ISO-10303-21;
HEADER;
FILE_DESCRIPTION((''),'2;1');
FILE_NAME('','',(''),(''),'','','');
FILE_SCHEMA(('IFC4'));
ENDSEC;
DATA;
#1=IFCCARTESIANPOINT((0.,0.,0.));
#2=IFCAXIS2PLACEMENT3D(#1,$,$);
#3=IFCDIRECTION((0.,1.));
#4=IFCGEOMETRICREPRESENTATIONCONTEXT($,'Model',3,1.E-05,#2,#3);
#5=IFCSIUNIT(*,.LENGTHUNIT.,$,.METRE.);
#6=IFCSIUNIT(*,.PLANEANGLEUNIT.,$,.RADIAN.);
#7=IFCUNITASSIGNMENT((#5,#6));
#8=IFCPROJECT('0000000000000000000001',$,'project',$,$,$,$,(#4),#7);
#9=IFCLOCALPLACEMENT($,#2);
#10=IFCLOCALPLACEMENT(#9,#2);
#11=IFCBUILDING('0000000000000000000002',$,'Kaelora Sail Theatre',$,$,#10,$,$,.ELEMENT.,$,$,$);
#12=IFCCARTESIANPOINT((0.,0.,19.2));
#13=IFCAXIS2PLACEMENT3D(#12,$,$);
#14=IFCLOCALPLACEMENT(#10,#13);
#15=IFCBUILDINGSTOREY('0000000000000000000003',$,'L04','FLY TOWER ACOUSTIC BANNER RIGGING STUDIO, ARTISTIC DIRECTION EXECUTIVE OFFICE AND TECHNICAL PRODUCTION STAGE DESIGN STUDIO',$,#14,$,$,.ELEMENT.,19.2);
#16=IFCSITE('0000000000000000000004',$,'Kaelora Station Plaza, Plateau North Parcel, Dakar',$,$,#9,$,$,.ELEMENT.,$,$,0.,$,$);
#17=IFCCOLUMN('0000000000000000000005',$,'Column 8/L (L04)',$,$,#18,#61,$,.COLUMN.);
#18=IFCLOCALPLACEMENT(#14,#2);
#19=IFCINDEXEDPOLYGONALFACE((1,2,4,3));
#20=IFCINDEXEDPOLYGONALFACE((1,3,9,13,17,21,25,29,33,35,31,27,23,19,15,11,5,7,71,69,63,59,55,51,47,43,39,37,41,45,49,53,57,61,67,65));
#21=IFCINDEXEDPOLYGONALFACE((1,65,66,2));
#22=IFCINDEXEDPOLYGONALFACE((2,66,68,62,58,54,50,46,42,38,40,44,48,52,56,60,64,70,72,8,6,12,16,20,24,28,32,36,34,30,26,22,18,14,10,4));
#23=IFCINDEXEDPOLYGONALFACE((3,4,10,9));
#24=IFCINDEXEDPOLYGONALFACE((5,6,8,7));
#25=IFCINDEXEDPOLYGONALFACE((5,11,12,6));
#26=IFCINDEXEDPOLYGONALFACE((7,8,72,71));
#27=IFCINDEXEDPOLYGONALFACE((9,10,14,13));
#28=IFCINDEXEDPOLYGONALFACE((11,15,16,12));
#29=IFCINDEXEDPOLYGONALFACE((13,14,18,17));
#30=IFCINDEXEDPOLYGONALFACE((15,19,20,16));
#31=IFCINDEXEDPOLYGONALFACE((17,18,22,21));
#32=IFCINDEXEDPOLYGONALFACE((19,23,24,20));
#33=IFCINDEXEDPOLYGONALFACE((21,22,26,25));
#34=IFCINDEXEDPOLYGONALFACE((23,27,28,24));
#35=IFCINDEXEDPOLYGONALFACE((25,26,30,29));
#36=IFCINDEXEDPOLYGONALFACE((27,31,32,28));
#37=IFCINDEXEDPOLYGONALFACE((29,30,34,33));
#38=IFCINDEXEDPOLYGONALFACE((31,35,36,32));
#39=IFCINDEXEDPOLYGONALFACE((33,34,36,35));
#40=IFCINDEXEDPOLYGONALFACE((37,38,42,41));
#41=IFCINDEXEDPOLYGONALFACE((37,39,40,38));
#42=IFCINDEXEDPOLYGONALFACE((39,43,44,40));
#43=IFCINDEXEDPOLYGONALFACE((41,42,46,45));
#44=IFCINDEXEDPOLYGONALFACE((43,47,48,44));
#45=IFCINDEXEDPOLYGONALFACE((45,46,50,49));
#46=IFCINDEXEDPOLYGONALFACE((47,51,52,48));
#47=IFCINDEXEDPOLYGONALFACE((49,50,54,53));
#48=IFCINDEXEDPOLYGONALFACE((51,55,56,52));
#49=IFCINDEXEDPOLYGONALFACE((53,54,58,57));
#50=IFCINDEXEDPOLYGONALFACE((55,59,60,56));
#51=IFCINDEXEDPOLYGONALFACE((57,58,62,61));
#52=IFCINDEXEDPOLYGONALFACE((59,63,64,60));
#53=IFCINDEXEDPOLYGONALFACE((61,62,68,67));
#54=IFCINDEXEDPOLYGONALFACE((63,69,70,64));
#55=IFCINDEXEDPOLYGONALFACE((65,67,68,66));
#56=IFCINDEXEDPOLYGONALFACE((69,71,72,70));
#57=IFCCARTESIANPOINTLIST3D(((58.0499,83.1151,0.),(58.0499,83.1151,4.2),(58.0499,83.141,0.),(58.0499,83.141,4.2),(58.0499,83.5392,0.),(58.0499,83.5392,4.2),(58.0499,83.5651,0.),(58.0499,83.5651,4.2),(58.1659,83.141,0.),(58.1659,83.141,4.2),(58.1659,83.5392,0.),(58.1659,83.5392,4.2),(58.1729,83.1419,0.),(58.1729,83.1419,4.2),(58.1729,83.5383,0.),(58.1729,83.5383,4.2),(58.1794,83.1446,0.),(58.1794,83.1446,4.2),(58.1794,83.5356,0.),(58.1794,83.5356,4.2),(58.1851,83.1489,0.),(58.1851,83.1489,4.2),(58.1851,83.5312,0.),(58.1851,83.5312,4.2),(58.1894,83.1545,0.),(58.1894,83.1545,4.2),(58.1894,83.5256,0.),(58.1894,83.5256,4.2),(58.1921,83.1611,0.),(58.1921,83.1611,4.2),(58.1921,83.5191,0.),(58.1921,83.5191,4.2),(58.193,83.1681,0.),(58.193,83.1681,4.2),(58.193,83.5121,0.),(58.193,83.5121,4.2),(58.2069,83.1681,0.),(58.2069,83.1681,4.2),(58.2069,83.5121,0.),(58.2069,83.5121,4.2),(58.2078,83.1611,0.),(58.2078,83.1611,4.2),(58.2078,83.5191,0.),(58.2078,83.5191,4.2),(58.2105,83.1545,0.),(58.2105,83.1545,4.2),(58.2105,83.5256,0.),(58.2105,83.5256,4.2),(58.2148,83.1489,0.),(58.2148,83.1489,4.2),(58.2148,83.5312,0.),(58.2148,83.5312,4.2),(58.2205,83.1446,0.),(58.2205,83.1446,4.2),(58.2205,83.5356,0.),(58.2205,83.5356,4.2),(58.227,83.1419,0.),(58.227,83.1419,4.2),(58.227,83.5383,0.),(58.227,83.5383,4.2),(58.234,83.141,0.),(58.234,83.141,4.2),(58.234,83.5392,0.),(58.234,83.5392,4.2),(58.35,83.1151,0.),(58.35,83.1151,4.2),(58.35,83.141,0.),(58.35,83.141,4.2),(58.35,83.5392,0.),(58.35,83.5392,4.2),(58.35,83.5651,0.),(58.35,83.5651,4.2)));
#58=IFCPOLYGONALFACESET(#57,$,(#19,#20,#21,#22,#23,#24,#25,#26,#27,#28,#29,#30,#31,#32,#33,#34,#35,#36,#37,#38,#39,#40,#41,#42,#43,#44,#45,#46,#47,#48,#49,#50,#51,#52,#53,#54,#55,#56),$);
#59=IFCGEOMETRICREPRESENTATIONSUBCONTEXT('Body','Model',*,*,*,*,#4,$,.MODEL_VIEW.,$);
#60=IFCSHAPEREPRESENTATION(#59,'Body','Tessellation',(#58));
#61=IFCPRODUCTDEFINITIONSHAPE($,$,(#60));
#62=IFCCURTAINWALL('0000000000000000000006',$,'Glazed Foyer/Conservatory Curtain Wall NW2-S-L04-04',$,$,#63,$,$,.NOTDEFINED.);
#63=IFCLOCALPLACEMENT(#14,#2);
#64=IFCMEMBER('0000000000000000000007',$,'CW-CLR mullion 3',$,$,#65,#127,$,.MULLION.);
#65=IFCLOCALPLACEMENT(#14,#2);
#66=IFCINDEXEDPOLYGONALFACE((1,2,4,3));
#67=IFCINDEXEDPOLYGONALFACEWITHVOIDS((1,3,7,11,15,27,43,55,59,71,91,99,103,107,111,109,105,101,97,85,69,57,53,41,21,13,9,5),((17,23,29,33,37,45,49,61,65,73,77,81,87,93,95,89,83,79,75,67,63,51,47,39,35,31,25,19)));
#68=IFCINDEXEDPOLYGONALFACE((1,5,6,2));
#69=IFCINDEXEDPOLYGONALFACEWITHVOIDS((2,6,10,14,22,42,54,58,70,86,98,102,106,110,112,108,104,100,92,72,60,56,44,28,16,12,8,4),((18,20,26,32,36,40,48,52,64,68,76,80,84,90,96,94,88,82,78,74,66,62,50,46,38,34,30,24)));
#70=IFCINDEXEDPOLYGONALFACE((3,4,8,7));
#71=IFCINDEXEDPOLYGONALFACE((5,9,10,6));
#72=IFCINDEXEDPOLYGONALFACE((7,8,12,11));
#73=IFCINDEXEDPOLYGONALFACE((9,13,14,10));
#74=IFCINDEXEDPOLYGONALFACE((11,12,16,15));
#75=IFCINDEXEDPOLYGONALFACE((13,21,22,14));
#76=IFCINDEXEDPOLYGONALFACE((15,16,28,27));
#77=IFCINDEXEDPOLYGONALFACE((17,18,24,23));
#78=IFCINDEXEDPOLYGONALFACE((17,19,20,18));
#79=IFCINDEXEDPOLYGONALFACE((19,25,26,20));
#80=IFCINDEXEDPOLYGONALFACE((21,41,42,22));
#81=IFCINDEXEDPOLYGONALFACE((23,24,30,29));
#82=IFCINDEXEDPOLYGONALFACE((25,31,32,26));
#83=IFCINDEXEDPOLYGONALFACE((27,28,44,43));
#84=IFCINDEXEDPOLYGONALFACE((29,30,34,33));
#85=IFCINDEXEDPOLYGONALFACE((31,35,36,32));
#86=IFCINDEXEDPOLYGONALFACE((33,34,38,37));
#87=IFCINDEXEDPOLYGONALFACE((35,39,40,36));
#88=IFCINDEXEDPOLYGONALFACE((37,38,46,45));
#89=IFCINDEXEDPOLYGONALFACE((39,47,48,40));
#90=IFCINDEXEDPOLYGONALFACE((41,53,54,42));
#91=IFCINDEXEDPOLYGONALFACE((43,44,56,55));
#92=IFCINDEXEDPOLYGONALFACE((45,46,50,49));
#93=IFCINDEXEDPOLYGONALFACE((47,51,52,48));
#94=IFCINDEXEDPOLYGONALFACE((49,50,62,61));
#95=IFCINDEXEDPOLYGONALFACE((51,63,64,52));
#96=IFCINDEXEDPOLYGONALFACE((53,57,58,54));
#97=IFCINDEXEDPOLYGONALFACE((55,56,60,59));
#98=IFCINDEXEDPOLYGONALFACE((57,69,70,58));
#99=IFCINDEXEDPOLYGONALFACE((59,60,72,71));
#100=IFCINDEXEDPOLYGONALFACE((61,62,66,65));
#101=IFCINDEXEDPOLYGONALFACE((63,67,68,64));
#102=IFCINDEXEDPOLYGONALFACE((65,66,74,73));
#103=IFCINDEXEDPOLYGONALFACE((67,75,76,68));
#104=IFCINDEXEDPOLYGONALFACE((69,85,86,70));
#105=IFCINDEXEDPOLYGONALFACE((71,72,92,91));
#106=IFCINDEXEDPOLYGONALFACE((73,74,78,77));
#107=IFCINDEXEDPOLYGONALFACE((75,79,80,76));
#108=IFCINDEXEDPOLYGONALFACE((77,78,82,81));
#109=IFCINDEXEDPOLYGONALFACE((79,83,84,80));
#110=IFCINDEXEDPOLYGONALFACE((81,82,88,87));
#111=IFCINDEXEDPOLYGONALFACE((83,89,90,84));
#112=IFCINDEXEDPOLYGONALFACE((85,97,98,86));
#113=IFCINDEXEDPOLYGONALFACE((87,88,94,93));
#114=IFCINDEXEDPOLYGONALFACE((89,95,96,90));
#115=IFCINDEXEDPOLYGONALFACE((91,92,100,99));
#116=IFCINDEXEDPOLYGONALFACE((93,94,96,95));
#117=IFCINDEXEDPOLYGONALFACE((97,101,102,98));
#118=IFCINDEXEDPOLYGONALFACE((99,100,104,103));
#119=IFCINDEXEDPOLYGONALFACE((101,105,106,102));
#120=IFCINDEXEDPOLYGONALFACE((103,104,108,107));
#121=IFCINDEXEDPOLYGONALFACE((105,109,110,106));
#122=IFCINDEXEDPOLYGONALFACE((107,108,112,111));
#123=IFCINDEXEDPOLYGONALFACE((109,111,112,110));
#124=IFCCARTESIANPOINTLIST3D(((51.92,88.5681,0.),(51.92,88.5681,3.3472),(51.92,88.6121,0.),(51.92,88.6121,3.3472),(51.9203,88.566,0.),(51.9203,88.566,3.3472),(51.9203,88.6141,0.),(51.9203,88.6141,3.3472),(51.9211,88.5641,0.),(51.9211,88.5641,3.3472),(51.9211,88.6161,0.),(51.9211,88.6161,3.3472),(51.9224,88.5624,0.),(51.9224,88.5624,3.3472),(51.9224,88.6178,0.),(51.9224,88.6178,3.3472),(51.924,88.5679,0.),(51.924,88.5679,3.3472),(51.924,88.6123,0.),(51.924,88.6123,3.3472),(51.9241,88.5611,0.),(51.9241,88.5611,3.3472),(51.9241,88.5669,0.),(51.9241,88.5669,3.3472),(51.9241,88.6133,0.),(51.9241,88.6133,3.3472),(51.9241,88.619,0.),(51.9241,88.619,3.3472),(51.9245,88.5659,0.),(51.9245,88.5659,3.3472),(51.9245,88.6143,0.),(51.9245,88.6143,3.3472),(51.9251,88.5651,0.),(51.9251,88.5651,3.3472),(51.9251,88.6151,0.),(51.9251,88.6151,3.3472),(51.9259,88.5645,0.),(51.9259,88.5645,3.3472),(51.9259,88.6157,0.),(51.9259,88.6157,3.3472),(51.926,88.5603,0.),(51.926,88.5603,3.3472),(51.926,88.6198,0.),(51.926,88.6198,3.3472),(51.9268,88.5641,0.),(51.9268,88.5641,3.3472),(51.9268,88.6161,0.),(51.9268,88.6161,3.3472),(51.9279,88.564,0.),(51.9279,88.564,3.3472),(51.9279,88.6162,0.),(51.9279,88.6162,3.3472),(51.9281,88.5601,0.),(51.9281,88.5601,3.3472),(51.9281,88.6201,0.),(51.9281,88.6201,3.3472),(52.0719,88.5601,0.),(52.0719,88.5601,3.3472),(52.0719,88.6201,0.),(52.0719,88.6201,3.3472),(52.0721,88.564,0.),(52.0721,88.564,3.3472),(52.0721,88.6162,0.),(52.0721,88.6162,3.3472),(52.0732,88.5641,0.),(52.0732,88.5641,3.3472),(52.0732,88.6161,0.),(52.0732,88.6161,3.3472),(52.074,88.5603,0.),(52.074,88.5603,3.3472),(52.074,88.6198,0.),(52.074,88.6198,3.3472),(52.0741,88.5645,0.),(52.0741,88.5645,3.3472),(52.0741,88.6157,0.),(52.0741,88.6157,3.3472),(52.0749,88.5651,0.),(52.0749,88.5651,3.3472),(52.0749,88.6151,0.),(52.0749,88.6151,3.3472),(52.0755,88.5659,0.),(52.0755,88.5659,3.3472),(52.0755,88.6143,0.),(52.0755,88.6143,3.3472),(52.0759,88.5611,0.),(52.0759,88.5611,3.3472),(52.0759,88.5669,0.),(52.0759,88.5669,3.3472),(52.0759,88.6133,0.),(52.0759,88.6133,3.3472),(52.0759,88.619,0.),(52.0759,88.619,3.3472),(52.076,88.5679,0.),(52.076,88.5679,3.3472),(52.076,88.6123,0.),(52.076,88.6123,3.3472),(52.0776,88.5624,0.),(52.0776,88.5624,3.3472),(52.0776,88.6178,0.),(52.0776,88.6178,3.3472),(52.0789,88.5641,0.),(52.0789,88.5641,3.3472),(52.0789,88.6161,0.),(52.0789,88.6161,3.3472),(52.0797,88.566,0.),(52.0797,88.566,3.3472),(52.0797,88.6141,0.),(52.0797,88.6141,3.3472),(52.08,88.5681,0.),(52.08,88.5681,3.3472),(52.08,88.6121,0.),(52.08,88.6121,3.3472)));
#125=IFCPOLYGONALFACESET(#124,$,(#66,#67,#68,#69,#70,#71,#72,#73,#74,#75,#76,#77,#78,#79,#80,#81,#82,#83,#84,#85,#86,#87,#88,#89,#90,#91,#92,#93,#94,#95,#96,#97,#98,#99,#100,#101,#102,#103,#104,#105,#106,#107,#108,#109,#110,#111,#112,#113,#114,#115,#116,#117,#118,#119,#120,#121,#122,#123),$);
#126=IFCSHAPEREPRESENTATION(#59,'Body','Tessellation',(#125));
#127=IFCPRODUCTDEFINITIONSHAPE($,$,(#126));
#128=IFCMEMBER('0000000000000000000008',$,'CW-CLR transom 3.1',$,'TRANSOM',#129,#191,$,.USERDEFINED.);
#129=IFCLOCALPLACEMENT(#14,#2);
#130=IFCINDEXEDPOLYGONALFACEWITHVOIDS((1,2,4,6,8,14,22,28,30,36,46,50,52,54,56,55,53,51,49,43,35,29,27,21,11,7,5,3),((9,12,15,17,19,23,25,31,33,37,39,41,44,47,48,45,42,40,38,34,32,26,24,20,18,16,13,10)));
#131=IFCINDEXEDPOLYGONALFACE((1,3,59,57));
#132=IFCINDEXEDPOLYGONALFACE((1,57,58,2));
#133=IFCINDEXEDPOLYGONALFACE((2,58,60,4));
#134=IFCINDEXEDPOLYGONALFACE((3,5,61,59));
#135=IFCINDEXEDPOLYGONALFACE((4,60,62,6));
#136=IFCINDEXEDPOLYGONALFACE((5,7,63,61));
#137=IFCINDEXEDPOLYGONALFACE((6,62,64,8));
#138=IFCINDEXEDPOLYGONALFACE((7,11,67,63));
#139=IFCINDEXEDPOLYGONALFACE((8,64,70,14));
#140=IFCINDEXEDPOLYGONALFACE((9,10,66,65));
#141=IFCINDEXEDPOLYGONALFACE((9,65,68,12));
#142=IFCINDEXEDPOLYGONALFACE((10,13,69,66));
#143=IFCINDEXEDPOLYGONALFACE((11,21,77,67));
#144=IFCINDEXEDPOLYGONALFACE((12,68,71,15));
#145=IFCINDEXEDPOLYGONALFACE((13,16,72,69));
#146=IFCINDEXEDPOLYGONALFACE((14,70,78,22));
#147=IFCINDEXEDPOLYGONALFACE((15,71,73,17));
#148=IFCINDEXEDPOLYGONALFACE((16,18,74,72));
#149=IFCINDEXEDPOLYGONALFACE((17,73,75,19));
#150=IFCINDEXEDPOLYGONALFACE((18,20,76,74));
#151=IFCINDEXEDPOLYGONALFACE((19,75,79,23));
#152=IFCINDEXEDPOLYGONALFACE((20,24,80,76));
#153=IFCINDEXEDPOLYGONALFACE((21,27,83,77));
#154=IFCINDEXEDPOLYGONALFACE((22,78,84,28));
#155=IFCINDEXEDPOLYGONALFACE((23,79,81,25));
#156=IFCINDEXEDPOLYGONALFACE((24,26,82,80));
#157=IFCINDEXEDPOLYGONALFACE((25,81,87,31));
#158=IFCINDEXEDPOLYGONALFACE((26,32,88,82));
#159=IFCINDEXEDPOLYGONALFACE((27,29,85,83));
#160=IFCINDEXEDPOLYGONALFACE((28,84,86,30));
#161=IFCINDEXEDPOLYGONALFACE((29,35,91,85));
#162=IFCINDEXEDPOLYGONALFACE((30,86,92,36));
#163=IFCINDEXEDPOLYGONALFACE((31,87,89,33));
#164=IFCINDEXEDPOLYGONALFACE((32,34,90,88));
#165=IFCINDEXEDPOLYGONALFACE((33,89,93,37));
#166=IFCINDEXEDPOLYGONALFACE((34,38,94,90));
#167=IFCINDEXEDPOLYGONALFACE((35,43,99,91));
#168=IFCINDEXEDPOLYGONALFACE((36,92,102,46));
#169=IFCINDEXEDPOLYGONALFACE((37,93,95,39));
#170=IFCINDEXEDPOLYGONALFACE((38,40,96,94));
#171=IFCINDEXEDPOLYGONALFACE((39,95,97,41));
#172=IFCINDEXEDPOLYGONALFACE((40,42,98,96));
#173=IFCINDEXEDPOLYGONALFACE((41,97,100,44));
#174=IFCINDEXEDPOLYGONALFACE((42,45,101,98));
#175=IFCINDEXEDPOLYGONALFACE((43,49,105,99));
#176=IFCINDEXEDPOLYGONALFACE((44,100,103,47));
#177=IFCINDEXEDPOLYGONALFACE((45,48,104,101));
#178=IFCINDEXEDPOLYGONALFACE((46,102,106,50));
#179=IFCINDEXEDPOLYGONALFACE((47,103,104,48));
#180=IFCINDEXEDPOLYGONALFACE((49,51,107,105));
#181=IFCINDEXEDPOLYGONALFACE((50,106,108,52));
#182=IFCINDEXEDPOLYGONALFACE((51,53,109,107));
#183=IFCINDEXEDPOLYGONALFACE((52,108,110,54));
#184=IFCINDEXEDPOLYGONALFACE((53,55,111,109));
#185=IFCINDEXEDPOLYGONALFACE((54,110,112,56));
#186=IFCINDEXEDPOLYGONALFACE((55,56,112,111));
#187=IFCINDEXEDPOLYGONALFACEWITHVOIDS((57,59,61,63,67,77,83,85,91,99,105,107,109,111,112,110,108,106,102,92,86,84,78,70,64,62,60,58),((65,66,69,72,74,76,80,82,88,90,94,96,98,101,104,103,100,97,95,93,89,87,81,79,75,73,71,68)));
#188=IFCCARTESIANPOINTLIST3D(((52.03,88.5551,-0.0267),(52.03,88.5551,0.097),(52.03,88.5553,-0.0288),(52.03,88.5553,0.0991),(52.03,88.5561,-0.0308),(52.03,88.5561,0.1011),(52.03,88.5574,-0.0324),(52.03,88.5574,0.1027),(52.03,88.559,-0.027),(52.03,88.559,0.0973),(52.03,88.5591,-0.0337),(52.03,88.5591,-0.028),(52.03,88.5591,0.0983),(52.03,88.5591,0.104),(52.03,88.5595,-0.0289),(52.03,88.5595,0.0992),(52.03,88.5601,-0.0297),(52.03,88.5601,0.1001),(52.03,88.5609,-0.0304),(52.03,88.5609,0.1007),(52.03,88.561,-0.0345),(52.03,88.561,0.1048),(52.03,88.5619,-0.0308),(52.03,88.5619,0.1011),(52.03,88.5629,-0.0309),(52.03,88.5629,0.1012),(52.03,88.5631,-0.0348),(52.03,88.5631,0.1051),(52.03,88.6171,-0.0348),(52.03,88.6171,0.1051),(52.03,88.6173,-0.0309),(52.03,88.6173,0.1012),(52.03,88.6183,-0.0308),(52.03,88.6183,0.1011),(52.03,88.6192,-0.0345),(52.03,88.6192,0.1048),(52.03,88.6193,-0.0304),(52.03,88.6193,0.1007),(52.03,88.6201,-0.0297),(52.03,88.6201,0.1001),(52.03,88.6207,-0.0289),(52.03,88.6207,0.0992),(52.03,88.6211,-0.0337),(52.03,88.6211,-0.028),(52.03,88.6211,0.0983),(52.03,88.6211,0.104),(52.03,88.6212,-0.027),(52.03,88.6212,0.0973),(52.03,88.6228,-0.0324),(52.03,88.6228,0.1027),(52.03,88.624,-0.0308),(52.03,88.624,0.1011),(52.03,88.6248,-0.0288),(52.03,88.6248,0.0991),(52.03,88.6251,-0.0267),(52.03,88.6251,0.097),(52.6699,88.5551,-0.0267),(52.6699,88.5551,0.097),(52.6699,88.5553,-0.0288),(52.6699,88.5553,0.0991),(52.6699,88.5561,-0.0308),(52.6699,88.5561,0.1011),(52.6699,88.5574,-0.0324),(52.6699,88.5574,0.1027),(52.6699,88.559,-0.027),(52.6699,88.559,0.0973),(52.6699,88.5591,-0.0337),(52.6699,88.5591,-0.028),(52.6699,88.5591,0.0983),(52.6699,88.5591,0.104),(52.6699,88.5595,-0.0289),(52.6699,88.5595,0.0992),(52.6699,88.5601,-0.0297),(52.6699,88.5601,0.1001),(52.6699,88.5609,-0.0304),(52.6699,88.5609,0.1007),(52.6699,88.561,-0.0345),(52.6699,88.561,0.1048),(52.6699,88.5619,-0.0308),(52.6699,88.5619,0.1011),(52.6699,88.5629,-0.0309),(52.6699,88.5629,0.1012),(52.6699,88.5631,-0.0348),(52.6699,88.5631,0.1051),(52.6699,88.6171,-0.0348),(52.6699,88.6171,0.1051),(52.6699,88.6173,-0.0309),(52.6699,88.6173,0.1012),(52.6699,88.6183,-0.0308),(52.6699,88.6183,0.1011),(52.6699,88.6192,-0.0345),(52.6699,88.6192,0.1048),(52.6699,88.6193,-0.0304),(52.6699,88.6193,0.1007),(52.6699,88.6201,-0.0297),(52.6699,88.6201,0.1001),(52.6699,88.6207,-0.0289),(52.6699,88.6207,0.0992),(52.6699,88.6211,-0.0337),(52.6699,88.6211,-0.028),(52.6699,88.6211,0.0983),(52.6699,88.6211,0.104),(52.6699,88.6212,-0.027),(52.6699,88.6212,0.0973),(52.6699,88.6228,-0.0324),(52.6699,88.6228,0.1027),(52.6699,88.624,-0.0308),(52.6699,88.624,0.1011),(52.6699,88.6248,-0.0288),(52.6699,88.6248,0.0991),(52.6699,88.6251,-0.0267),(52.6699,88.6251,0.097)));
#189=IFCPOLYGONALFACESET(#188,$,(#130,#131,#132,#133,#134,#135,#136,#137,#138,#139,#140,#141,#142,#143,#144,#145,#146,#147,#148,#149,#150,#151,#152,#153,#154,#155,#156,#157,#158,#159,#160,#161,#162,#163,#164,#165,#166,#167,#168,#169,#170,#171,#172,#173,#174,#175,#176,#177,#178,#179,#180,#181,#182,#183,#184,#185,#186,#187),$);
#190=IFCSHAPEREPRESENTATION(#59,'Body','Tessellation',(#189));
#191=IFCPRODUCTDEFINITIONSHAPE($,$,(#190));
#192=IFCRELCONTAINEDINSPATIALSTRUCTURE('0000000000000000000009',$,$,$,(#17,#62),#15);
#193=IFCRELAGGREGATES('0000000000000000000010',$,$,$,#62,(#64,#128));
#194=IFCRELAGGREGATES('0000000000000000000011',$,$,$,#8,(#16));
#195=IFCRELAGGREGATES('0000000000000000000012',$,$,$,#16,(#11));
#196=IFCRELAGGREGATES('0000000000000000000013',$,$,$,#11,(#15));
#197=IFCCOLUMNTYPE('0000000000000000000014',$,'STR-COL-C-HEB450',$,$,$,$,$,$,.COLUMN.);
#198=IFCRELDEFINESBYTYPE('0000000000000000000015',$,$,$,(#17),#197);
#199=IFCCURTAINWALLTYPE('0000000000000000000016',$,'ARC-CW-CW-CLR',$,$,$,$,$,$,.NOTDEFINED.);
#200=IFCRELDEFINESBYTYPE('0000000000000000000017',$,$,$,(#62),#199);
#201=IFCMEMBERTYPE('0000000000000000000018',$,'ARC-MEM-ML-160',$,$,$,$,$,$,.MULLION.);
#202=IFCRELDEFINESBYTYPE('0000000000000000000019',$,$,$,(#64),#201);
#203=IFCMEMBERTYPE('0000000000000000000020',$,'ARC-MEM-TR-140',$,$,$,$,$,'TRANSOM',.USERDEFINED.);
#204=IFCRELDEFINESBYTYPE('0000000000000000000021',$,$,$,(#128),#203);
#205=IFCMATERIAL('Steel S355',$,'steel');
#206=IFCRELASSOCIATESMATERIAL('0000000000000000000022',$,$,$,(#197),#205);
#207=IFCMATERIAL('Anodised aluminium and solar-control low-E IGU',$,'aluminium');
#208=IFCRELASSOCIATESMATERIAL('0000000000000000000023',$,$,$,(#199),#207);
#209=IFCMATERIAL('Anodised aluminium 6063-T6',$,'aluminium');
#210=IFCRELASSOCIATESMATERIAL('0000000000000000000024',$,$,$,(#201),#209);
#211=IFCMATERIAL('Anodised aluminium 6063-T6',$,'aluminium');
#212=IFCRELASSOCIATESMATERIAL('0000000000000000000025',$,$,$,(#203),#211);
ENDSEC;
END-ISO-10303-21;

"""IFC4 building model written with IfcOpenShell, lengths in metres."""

from ifc_helpers import new_model, si_unit, direction, frame, origin, origin_2d, place, context, subcontext, project, spatial, hollow_rectangle, i_section, extrude, material, material_profile, profile_set, type_object, element, aggregate, save


model = new_model("IFC4")

# Units and contexts
model_context = context("Model", 3, precision=1e-05, world=origin(), true_north=direction((0.0, 1.0)))
body_context = subcontext(model_context, "Body", "Model", "MODEL_VIEW")
ifc_project = project(units=[si_unit("LENGTHUNIT", "METRE"), si_unit("PLANEANGLEUNIT", "RADIAN")], contexts=[model_context])

# Site, building, storey
site_placement = place(None, origin())
site = spatial("IfcSite", under=ifc_project, at=site_placement, Name="Kaelora Station Plaza, Plateau North Parcel, Dakar", CompositionType="ELEMENT", RefElevation=0.0)
building_placement = place(site_placement, origin())
building = spatial("IfcBuilding", under=site, at=building_placement, Name="Kaelora Sail Theatre", CompositionType="ELEMENT")
storey_placement = place(building_placement, frame((0.0, 0.0, 19.2)))
storey = spatial("IfcBuildingStorey", under=building, at=storey_placement, Name="L04", Description="FLY TOWER ACOUSTIC BANNER RIGGING STUDIO, ARTISTIC DIRECTION EXECUTIVE OFFICE AND TECHNICAL PRODUCTION STAGE DESIGN STUDIO", CompositionType="ELEMENT", Elevation=19.2)

# Column
ifc_material_1 = material(Name="Steel S355", Category="steel")
ifc_material_profile_1 = material_profile(ifc_material_1, i_section(OverallWidth=0.3, OverallDepth=0.45, WebThickness=0.0139, FlangeThickness=0.0259, FilletRadius=0.0271, at=origin_2d()), Name="HEB 450")
ifc_profile_set_1 = profile_set([ifc_material_profile_1], Name="Steel S355")
column_type = type_object("IfcColumnType", Name="STR-COL-C-HEB450", PredefinedType="COLUMN", material=ifc_profile_set_1)
column_placement = place(storey_placement, frame((58.2, 83.3401, 0.0), z_axis=(0.0, 0.0, 1.0), x_axis=(1.0, 0.0, 0.0)))
element("IfcColumn", 1, at=column_placement, inside=storey, type_object=column_type, Name="Column 8/L (L04)", PredefinedType="COLUMN", context=body_context, shape_type="SweptSolid", body=[
    extrude(i_section(OverallWidth=0.3, OverallDepth=0.45, WebThickness=0.0139, FlangeThickness=0.0259, FilletRadius=0.0271, at=origin_2d()), origin(), (0.0, 0.0, 1.0), 4.2),
])

# Curtain wall, members
ifc_material_2 = material(Name="Anodised aluminium and solar-control low-E IGU", Category="aluminium")
curtain_wall_type = type_object("IfcCurtainWallType", Name="ARC-CW-CW-CLR", PredefinedType="NOTDEFINED", material=ifc_material_2)
curtain_wall_placement = place(storey_placement, origin())
curtain_wall = element("IfcCurtainWall", 2, at=curtain_wall_placement, inside=storey, type_object=curtain_wall_type, Name="Glazed Foyer/Conservatory Curtain Wall NW2-S-L04-04", PredefinedType="NOTDEFINED")
ifc_material_3 = material(Name="Anodised aluminium 6063-T6", Category="aluminium")
ifc_material_profile_2 = material_profile(ifc_material_3, hollow_rectangle(XDim=0.0601, YDim=0.1599, WallThickness=0.0039, InnerFilletRadius=0.0039, OuterFilletRadius=0.0081, at=origin_2d()), Name="ALU-MULL 60x160x4")
ifc_profile_set_2 = profile_set([ifc_material_profile_2], Name="Anodised aluminium 6063-T6")
member_type_1 = type_object("IfcMemberType", Name="ARC-MEM-ML-160", PredefinedType="MULLION", material=ifc_profile_set_2)
member_1_placement = place(storey_placement, frame((52.0, 88.5901, 0.0), z_axis=(0.0, 0.0, 1.0), x_axis=(0.0, 1.0, 0.0)))
member_1 = element("IfcMember", 3, at=member_1_placement, type_object=member_type_1, Name="CW-CLR mullion 3", PredefinedType="MULLION", context=body_context, shape_type="SweptSolid", body=[
    extrude(hollow_rectangle(XDim=0.0601, YDim=0.1599, WallThickness=0.0039, InnerFilletRadius=0.0039, OuterFilletRadius=0.0081, at=origin_2d()), origin(), (0.0, 0.0, 1.0), 3.3472),
])
ifc_material_4 = material(Name="Anodised aluminium 6063-T6", Category="aluminium")
ifc_material_profile_3 = material_profile(ifc_material_4, hollow_rectangle(XDim=0.0701, YDim=0.1399, WallThickness=0.0039, InnerFilletRadius=0.0039, OuterFilletRadius=0.0081, at=origin_2d()), Name="ALU-TRAN 70x140x4")
ifc_profile_set_3 = profile_set([ifc_material_profile_3], Name="Anodised aluminium 6063-T6")
member_type_2 = type_object("IfcMemberType", Name="ARC-MEM-TR-140", ElementType="TRANSOM", PredefinedType="USERDEFINED", material=ifc_profile_set_3)
member_2_placement = place(storey_placement, frame((52.03, 88.5901, 0.0352), z_axis=(1.0, 0.0, 0.0), x_axis=(0.0, 1.0, 0.0)))
member_2 = element("IfcMember", 4, at=member_2_placement, type_object=member_type_2, Name="CW-CLR transom 3.1", ObjectType="TRANSOM", PredefinedType="USERDEFINED", context=body_context, shape_type="SweptSolid", body=[
    extrude(hollow_rectangle(XDim=0.0701, YDim=0.1399, WallThickness=0.0039, InnerFilletRadius=0.0039, OuterFilletRadius=0.0081, at=origin_2d()), origin(), (0.0, 0.0, 1.0), 0.6399),
])

aggregate(curtain_wall, [member_1, member_2])

save(model, "model.ifc")
